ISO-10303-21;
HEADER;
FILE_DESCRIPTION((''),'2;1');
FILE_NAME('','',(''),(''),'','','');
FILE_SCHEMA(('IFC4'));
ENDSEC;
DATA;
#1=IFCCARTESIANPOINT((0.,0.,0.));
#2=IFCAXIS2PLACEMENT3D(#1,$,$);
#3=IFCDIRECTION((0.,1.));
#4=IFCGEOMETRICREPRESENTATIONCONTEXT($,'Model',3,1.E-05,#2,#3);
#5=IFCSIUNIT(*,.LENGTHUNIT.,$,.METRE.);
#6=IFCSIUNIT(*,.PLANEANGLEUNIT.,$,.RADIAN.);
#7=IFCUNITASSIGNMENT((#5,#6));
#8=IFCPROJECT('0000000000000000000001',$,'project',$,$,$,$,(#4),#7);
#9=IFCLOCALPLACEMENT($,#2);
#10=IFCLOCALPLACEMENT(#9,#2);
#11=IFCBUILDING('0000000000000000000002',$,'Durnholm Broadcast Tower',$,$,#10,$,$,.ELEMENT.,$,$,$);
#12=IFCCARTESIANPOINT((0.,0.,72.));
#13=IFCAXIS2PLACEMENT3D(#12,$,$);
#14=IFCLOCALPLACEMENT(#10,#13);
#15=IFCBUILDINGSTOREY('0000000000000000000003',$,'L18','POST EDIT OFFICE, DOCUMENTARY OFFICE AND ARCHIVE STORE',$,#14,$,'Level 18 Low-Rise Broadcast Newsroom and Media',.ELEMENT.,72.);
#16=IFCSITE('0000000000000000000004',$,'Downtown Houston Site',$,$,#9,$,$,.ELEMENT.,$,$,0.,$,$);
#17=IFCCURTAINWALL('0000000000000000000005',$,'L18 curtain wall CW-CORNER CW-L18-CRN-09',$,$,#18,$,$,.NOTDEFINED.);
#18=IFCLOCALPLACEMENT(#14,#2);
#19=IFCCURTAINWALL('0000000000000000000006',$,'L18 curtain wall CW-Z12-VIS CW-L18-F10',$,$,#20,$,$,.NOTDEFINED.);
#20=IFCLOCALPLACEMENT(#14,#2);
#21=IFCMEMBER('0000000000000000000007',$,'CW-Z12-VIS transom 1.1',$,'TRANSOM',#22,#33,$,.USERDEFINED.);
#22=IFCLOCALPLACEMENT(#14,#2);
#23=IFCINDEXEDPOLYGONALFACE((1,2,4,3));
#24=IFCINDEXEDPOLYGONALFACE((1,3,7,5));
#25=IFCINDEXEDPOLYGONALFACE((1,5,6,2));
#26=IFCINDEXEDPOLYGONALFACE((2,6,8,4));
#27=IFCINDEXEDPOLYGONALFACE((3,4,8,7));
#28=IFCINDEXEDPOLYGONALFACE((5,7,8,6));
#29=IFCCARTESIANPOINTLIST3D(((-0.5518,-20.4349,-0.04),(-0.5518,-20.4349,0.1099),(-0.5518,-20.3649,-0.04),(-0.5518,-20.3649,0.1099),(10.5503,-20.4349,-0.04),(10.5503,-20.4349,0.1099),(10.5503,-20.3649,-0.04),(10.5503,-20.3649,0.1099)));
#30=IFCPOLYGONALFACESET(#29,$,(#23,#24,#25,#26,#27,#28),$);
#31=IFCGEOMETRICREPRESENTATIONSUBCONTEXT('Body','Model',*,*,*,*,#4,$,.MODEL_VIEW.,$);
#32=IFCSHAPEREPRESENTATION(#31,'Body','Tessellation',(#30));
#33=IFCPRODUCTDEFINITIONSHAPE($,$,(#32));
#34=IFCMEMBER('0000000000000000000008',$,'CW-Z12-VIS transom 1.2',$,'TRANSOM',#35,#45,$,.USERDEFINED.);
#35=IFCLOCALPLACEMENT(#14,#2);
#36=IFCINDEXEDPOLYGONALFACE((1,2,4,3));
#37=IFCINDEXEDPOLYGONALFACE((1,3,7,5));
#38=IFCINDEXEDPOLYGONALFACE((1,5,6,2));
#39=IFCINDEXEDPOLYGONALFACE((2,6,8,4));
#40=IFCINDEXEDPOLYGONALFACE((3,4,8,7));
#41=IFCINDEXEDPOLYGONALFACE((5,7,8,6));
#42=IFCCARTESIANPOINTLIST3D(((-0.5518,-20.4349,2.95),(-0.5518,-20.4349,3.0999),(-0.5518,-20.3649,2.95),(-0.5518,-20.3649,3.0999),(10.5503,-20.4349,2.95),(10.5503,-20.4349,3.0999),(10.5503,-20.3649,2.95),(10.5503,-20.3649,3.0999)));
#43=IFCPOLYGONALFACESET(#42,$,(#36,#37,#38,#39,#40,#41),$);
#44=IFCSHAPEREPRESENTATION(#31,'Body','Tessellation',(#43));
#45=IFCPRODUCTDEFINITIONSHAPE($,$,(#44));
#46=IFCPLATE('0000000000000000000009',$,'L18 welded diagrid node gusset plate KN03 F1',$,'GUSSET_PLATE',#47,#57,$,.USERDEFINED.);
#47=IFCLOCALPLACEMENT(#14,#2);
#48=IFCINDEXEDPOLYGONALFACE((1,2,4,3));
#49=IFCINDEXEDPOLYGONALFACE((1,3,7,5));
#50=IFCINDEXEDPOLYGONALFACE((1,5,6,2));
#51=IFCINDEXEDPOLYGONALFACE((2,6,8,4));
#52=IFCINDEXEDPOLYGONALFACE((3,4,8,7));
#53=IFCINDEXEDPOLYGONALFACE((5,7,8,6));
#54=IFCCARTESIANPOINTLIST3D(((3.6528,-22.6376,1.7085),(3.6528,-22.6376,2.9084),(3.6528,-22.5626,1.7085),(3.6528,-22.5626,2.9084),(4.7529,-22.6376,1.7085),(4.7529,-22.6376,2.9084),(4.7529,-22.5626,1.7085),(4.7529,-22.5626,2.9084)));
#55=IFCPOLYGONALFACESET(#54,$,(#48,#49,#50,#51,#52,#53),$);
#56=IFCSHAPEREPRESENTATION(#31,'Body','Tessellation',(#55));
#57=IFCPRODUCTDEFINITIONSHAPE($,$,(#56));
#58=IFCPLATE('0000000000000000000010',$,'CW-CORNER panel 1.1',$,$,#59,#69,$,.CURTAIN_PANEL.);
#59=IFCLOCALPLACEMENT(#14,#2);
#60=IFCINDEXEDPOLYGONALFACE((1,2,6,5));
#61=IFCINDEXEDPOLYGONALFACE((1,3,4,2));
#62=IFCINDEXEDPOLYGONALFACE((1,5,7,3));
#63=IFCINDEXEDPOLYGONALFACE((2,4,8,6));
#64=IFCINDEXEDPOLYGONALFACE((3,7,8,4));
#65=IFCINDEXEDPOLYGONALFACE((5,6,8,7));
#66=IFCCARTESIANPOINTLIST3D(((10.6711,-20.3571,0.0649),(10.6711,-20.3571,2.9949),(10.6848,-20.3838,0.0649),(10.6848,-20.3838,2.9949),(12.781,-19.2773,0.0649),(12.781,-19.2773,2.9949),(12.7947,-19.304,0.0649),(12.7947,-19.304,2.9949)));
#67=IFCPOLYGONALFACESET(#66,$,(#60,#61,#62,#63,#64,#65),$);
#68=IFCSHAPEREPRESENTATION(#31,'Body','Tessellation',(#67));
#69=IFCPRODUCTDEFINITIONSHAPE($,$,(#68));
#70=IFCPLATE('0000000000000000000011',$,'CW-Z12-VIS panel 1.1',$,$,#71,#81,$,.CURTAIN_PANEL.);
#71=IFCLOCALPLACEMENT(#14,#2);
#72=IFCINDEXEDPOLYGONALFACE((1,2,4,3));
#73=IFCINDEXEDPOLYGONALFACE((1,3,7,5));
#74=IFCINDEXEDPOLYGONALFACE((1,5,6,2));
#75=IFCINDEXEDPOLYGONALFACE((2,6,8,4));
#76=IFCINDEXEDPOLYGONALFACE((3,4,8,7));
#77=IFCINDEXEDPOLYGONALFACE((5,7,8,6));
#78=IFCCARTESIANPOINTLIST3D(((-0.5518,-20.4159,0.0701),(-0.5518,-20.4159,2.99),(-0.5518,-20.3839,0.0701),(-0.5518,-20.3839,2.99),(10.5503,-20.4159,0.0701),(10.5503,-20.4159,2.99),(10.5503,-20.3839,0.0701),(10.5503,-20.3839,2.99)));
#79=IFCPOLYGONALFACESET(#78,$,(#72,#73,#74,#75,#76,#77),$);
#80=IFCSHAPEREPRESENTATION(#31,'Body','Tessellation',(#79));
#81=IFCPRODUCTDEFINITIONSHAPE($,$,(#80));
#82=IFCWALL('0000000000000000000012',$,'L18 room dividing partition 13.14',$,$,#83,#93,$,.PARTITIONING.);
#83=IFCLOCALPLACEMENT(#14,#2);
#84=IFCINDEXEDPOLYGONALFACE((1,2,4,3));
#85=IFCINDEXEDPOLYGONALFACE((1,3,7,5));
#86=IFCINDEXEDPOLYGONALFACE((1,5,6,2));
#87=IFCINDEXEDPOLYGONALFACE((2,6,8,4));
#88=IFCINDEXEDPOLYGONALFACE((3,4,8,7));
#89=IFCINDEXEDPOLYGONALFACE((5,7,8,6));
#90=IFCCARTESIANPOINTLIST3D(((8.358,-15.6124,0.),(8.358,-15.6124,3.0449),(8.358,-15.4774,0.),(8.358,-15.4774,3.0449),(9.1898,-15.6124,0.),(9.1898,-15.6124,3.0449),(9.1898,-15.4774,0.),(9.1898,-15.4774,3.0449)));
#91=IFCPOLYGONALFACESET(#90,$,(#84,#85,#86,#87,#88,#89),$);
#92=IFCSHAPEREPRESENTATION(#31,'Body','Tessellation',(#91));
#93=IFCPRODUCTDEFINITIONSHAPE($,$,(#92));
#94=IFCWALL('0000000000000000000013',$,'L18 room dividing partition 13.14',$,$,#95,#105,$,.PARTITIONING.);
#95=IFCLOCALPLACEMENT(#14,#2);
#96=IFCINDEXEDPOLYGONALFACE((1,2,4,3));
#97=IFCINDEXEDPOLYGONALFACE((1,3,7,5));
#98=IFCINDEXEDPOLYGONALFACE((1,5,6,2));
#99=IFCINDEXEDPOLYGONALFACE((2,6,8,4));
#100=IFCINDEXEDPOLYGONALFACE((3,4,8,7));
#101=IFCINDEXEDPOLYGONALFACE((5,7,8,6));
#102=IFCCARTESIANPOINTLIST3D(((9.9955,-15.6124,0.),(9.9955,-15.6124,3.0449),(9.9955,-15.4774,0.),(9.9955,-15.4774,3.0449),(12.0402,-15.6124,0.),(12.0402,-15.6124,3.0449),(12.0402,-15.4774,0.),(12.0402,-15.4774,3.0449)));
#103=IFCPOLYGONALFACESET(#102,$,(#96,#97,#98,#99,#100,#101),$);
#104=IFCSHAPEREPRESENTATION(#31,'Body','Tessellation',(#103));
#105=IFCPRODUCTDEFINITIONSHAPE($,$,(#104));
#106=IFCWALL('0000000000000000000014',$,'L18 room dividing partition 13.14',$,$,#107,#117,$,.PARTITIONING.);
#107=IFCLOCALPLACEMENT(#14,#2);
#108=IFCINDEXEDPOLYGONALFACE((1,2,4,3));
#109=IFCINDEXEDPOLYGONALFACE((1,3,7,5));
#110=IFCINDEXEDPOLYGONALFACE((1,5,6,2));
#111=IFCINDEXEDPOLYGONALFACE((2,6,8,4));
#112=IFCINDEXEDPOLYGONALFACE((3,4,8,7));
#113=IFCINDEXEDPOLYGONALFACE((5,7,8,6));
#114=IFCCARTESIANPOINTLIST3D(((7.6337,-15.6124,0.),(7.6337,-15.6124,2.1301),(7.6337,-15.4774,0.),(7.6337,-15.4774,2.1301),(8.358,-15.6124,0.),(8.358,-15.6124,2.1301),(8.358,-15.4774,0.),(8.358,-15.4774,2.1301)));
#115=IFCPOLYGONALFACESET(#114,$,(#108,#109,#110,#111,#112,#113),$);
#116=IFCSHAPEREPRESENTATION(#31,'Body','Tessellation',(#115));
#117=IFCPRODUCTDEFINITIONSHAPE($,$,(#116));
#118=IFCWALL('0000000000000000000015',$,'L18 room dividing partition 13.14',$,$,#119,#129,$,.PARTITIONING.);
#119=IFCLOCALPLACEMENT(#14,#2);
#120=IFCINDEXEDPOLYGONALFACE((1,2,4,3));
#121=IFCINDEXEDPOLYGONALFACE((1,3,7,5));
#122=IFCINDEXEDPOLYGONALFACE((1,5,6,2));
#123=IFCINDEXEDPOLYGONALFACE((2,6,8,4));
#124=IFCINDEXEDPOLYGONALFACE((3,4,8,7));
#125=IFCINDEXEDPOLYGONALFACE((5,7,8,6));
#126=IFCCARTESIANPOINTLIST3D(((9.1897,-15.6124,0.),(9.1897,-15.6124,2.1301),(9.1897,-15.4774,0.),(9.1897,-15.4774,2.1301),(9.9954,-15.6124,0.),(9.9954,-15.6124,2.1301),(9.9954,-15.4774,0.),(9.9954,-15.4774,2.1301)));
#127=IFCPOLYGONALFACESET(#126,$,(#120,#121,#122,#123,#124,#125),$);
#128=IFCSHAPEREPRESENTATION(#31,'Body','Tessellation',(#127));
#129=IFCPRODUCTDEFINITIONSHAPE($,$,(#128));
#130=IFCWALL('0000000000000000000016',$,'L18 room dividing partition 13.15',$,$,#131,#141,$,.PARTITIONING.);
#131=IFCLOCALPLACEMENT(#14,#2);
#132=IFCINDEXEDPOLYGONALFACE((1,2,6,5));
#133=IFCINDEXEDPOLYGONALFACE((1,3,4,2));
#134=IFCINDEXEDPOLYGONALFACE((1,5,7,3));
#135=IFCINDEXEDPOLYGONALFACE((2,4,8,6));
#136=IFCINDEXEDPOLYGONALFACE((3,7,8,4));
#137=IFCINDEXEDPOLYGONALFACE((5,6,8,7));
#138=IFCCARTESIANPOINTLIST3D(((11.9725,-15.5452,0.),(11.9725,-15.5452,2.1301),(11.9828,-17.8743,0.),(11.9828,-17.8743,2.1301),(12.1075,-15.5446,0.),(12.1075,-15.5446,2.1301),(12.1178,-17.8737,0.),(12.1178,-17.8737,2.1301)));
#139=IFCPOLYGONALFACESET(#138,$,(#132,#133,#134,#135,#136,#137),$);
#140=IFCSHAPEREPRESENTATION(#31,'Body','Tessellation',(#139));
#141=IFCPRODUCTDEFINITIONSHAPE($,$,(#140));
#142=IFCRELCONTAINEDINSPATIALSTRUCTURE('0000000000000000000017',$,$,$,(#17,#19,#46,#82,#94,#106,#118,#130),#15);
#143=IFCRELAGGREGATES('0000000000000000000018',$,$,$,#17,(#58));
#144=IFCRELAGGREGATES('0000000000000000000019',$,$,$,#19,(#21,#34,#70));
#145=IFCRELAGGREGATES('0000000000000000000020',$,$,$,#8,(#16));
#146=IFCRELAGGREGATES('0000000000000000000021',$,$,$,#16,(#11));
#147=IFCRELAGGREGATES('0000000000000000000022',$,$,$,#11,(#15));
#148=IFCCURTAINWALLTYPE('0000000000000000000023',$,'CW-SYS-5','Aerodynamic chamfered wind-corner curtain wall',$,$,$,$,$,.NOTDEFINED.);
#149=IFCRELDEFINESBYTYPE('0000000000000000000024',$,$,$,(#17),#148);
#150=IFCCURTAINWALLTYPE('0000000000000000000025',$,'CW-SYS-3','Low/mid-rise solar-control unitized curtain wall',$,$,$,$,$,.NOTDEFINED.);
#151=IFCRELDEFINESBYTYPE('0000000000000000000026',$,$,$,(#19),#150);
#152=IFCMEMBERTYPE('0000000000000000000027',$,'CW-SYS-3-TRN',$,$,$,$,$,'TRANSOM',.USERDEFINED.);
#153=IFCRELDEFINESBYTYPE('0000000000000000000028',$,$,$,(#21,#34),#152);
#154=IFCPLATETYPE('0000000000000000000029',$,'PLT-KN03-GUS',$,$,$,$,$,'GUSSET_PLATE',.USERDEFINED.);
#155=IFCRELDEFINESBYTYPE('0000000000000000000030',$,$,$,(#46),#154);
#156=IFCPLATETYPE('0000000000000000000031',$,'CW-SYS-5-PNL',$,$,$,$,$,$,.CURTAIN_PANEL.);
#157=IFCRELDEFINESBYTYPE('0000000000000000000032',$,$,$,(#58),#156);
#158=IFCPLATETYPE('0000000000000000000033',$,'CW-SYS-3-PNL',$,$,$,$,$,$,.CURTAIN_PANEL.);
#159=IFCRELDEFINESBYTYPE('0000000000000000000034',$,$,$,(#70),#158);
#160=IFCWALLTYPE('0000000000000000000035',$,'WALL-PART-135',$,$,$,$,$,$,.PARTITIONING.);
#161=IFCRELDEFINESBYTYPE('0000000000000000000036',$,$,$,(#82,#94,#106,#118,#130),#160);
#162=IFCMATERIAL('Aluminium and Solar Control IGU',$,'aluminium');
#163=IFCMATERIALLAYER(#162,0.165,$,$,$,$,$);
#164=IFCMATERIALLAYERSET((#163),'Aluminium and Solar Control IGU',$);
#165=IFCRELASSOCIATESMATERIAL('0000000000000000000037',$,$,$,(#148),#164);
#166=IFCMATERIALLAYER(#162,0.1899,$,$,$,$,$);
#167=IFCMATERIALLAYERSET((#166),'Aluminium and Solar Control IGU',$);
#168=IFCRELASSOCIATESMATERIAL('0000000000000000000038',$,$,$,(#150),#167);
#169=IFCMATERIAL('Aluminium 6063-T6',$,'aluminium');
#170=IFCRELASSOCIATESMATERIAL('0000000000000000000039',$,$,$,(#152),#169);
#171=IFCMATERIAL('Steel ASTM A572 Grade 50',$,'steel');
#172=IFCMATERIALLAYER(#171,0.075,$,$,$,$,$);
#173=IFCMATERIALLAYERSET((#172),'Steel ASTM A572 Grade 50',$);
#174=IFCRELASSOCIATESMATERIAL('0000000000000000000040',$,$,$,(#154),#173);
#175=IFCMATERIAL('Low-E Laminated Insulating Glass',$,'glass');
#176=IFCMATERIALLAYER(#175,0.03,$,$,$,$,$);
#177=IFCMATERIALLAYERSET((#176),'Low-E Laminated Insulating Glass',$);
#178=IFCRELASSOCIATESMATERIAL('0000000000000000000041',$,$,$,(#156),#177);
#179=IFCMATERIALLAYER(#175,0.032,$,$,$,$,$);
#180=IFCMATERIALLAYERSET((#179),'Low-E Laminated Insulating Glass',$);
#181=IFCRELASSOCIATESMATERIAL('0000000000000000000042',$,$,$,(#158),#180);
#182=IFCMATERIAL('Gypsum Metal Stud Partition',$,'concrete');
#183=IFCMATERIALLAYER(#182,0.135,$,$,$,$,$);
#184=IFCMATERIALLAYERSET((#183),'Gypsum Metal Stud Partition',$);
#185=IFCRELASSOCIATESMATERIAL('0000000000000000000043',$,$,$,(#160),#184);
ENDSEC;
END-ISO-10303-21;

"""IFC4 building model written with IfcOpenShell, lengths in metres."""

from ifc_helpers import new_model, si_unit, direction, frame, frame_2d, origin, origin_2d, place, context, subcontext, project, spatial, rectangle, extrude, source, transform, mapped, material, layer, layer_set, material_profile, profile_set, type_object, type_shapes, element, aggregate, save


model = new_model("IFC4")

# Units and contexts
model_context = context("Model", 3, precision=1e-05, world=origin(), true_north=direction((0.0, 1.0)))
body_context = subcontext(model_context, "Body", "Model", "MODEL_VIEW")
ifc_project = project(units=[si_unit("LENGTHUNIT", "METRE"), si_unit("PLANEANGLEUNIT", "RADIAN")], contexts=[model_context])

# Site, building, storey
site_placement = place(None, origin())
site = spatial("IfcSite", under=ifc_project, at=site_placement, Name="Downtown Houston Site", CompositionType="ELEMENT", RefElevation=0.0)
building_placement = place(site_placement, origin())
building = spatial("IfcBuilding", under=site, at=building_placement, Name="Durnholm Broadcast Tower", CompositionType="ELEMENT")
storey_placement = place(building_placement, frame((0.0, 0.0, 72.0)))
storey = spatial("IfcBuildingStorey", under=building, at=storey_placement, Name="L18", Description="POST EDIT OFFICE, DOCUMENTARY OFFICE AND ARCHIVE STORE", LongName="Level 18 Low-Rise Broadcast Newsroom and Media", CompositionType="ELEMENT", Elevation=72.0)

# Curtain wall
ifc_material_1 = material(Name="Aluminium and Solar Control IGU", Category="aluminium")
ifc_layer_1 = layer(ifc_material_1, 0.165)
ifc_layer_set_1 = layer_set([ifc_layer_1], Name="Aluminium and Solar Control IGU")
curtain_wall_type_1 = type_object("IfcCurtainWallType", Name="CW-SYS-5", Description="Aerodynamic chamfered wind-corner curtain wall", PredefinedType="NOTDEFINED", material=ifc_layer_set_1)
curtain_wall_1_placement = place(storey_placement, origin())
curtain_wall_1 = element("IfcCurtainWall", 1, at=curtain_wall_1_placement, inside=storey, type_object=curtain_wall_type_1, Name="L18 curtain wall CW-CORNER CW-L18-CRN-09", PredefinedType="NOTDEFINED")
ifc_material_2 = material(Name="Aluminium 6063-T6", Category="aluminium")

# Curtain wall, members
ifc_layer_2 = layer(ifc_material_1, 0.1899)
ifc_layer_set_2 = layer_set([ifc_layer_2], Name="Aluminium and Solar Control IGU")
curtain_wall_type_2 = type_object("IfcCurtainWallType", Name="CW-SYS-3", Description="Low/mid-rise solar-control unitized curtain wall", PredefinedType="NOTDEFINED", material=ifc_layer_set_2)
curtain_wall_2_placement = place(storey_placement, origin())
curtain_wall_2 = element("IfcCurtainWall", 2, at=curtain_wall_2_placement, inside=storey, type_object=curtain_wall_type_2, Name="L18 curtain wall CW-Z12-VIS CW-L18-F10", PredefinedType="NOTDEFINED")
ifc_material_profile_1 = material_profile(ifc_material_2, rectangle(XDim=0.0701, YDim=0.1499, at=origin_2d()), Name="CWT70X150")
ifc_profile_set_1 = profile_set([ifc_material_profile_1], Name="Aluminium 6063-T6")
member_type_1 = type_object("IfcMemberType", Name="CW-SYS-3-TRN", ElementType="TRANSOM", PredefinedType="USERDEFINED", material=ifc_profile_set_1)
shared_shape_1 = source(origin(), body_context, "Body", "SweptSolid", [
    extrude(rectangle(XDim=0.0701, YDim=0.1499, at=origin_2d()), origin(), (0.0, 0.0, 1.0), 11.1021),
])
type_shapes(member_type_1, [shared_shape_1])
member_1_placement = place(storey_placement, frame((10.5503, -20.3999, 0.0349), z_axis=(-1.0, 0.0, 0.0), x_axis=(0.0, -1.0, 0.0)))
member_1 = element("IfcMember", 3, at=member_1_placement, type_object=member_type_1, Name="CW-Z12-VIS transom 1.1", ObjectType="TRANSOM", PredefinedType="USERDEFINED", context=body_context, shape_type="MappedRepresentation", body=[
    mapped(shared_shape_1, transform((0.0, 0.0, 0.0), x_axis=(1.0, 0.0, 0.0), y_axis=(0.0, 1.0, 0.0), z_axis=(0.0, 0.0, 1.0), scale=1.0)),
])
member_2_placement = place(storey_placement, frame((10.5503, -20.3999, 3.0249), z_axis=(-1.0, 0.0, 0.0), x_axis=(0.0, -1.0, 0.0)))
member_2 = element("IfcMember", 4, at=member_2_placement, type_object=member_type_1, Name="CW-Z12-VIS transom 1.2", ObjectType="TRANSOM", PredefinedType="USERDEFINED", context=body_context, shape_type="MappedRepresentation", body=[
    mapped(shared_shape_1, transform((0.0, 0.0, 0.0), x_axis=(1.0, 0.0, 0.0), y_axis=(0.0, 1.0, 0.0), z_axis=(0.0, 0.0, 1.0), scale=1.0)),
])

# Plates
ifc_material_3 = material(Name="Steel ASTM A572 Grade 50", Category="steel")
ifc_layer_3 = layer(ifc_material_3, 0.075)
ifc_layer_set_3 = layer_set([ifc_layer_3], Name="Steel ASTM A572 Grade 50")
plate_type_1 = type_object("IfcPlateType", Name="PLT-KN03-GUS", ElementType="GUSSET_PLATE", PredefinedType="USERDEFINED", material=ifc_layer_set_3)
shared_shape_2 = source(origin(), body_context, "Body", "SweptSolid", [
    extrude(rectangle(XDim=1.1001, YDim=0.075, at=origin_2d()), origin(), (0.0, 0.0, 1.0), 1.2),
])
type_shapes(plate_type_1, [shared_shape_2])
plate_1_placement = place(storey_placement, frame((4.2029, -22.6001, 1.7085), z_axis=(0.0, 0.0, 1.0), x_axis=(1.0, 0.0, 0.0)))
element("IfcPlate", 5, at=plate_1_placement, inside=storey, type_object=plate_type_1, Name="L18 welded diagrid node gusset plate KN03 F1", ObjectType="GUSSET_PLATE", PredefinedType="USERDEFINED", context=body_context, shape_type="MappedRepresentation", body=[
    mapped(shared_shape_2, transform((0.0, 0.0, 0.0), x_axis=(1.0, 0.0, 0.0), y_axis=(0.0, 1.0, 0.0), z_axis=(0.0, 0.0, 1.0), scale=1.0)),
])
ifc_material_4 = material(Name="Low-E Laminated Insulating Glass", Category="glass")
ifc_layer_4 = layer(ifc_material_4, 0.03)
ifc_layer_set_4 = layer_set([ifc_layer_4], Name="Low-E Laminated Insulating Glass")
plate_type_2 = type_object("IfcPlateType", Name="CW-SYS-5-PNL", PredefinedType="CURTAIN_PANEL", material=ifc_layer_set_4)
shared_shape_3 = source(origin(), body_context, "Body", "SweptSolid", [
    extrude(rectangle(XDim=2.3701, YDim=0.03, at=origin_2d()), origin(), (0.0, 0.0, 1.0), 2.9299),
])
type_shapes(plate_type_2, [shared_shape_3])
plate_2_placement = place(storey_placement, frame((11.7329, -19.8306, 0.0649), z_axis=(0.0, 0.0, 1.0), x_axis=(-0.890188, -0.455594, 0.0)))
plate_2 = element("IfcPlate", 6, at=plate_2_placement, type_object=plate_type_2, Name="CW-CORNER panel 1.1", PredefinedType="CURTAIN_PANEL", context=body_context, shape_type="MappedRepresentation", body=[
    mapped(shared_shape_3, transform((0.0, 0.0, 0.0), x_axis=(1.0, 0.0, 0.0), y_axis=(0.0, 1.0, 0.0), z_axis=(0.0, 0.0, 1.0), scale=1.0)),
])
aggregate(curtain_wall_1, [plate_2])
ifc_layer_5 = layer(ifc_material_4, 0.032)
ifc_layer_set_5 = layer_set([ifc_layer_5], Name="Low-E Laminated Insulating Glass")
plate_type_3 = type_object("IfcPlateType", Name="CW-SYS-3-PNL", PredefinedType="CURTAIN_PANEL", material=ifc_layer_set_5)
shared_shape_4 = source(origin(), body_context, "Body", "SweptSolid", [
    extrude(rectangle(XDim=11.1021, YDim=0.032, at=origin_2d()), origin(), (0.0, 0.0, 1.0), 2.9199),
])
type_shapes(plate_type_3, [shared_shape_4])
plate_3_placement = place(storey_placement, frame((4.9993, -20.3999, 0.0701), z_axis=(0.0, 0.0, 1.0), x_axis=(-1.0, 0.0, 0.0)))
plate_3 = element("IfcPlate", 7, at=plate_3_placement, type_object=plate_type_3, Name="CW-Z12-VIS panel 1.1", PredefinedType="CURTAIN_PANEL", context=body_context, shape_type="MappedRepresentation", body=[
    mapped(shared_shape_4, transform((0.0, 0.0, 0.0), x_axis=(1.0, 0.0, 0.0), y_axis=(0.0, 1.0, 0.0), z_axis=(0.0, 0.0, 1.0), scale=1.0)),
])
aggregate(curtain_wall_2, [member_1, member_2, plate_3])

# Walls
ifc_material_5 = material(Name="Gypsum Metal Stud Partition", Category="concrete")
ifc_layer_6 = layer(ifc_material_5, 0.135)
ifc_layer_set_6 = layer_set([ifc_layer_6], Name="Gypsum Metal Stud Partition")
wall_type = type_object("IfcWallType", Name="WALL-PART-135", PredefinedType="PARTITIONING", material=ifc_layer_set_6)
wall_1_placement = place(storey_placement, frame((8.3579, -15.5449, 0.0), z_axis=(0.0, 0.0, 1.0), x_axis=(1.0, 0.0, 0.0)))
element("IfcWall", 8, at=wall_1_placement, inside=storey, type_object=wall_type, Name="L18 room dividing partition 13.14", PredefinedType="PARTITIONING", context=body_context, shape_type="SweptSolid", body=[
    extrude(rectangle(XDim=0.8318, YDim=0.135, at=frame_2d((0.416, 0.0))), origin(), (0.0, 0.0, 1.0), 3.0449),
])
wall_2_placement = place(storey_placement, frame((9.9954, -15.5449, 0.0), z_axis=(0.0, 0.0, 1.0), x_axis=(1.0, 0.0, 0.0)))
element("IfcWall", 9, at=wall_2_placement, inside=storey, type_object=wall_type, Name="L18 room dividing partition 13.14", PredefinedType="PARTITIONING", context=body_context, shape_type="SweptSolid", body=[
    extrude(rectangle(XDim=2.0447, YDim=0.135, at=frame_2d((1.0225, 0.0))), origin(), (0.0, 0.0, 1.0), 3.0449),
])
wall_3_placement = place(storey_placement, frame((7.6335, -15.5449, 0.0), z_axis=(0.0, 0.0, 1.0), x_axis=(1.0, 0.0, 0.0)))
element("IfcWall", 10, at=wall_3_placement, inside=storey, type_object=wall_type, Name="L18 room dividing partition 13.14", PredefinedType="PARTITIONING", context=body_context, shape_type="SweptSolid", body=[
    extrude(rectangle(XDim=0.7244, YDim=0.135, at=frame_2d((0.3623, 0.0))), origin(), (0.0, 0.0, 1.0), 2.1301),
])
wall_4_placement = place(storey_placement, frame((9.1897, -15.5449, 0.0), z_axis=(0.0, 0.0, 1.0), x_axis=(1.0, 0.0, 0.0)))
element("IfcWall", 11, at=wall_4_placement, inside=storey, type_object=wall_type, Name="L18 room dividing partition 13.14", PredefinedType="PARTITIONING", context=body_context, shape_type="SweptSolid", body=[
    extrude(rectangle(XDim=0.8057, YDim=0.135, at=frame_2d((0.4028, 0.0))), origin(), (0.0, 0.0, 1.0), 2.1301),
])
wall_5_placement = place(storey_placement, frame((12.04, -15.5449, 0.0), z_axis=(0.0, 0.0, 1.0), x_axis=(0.004402, -0.99999, 0.0)))
element("IfcWall", 12, at=wall_5_placement, inside=storey, type_object=wall_type, Name="L18 room dividing partition 13.15", PredefinedType="PARTITIONING", context=body_context, shape_type="SweptSolid", body=[
    extrude(rectangle(XDim=2.3291, YDim=0.135, at=frame_2d((1.1646, 0.0))), origin(), (0.0, 0.0, 1.0), 2.1301),
])

save(model, "model.ifc")
